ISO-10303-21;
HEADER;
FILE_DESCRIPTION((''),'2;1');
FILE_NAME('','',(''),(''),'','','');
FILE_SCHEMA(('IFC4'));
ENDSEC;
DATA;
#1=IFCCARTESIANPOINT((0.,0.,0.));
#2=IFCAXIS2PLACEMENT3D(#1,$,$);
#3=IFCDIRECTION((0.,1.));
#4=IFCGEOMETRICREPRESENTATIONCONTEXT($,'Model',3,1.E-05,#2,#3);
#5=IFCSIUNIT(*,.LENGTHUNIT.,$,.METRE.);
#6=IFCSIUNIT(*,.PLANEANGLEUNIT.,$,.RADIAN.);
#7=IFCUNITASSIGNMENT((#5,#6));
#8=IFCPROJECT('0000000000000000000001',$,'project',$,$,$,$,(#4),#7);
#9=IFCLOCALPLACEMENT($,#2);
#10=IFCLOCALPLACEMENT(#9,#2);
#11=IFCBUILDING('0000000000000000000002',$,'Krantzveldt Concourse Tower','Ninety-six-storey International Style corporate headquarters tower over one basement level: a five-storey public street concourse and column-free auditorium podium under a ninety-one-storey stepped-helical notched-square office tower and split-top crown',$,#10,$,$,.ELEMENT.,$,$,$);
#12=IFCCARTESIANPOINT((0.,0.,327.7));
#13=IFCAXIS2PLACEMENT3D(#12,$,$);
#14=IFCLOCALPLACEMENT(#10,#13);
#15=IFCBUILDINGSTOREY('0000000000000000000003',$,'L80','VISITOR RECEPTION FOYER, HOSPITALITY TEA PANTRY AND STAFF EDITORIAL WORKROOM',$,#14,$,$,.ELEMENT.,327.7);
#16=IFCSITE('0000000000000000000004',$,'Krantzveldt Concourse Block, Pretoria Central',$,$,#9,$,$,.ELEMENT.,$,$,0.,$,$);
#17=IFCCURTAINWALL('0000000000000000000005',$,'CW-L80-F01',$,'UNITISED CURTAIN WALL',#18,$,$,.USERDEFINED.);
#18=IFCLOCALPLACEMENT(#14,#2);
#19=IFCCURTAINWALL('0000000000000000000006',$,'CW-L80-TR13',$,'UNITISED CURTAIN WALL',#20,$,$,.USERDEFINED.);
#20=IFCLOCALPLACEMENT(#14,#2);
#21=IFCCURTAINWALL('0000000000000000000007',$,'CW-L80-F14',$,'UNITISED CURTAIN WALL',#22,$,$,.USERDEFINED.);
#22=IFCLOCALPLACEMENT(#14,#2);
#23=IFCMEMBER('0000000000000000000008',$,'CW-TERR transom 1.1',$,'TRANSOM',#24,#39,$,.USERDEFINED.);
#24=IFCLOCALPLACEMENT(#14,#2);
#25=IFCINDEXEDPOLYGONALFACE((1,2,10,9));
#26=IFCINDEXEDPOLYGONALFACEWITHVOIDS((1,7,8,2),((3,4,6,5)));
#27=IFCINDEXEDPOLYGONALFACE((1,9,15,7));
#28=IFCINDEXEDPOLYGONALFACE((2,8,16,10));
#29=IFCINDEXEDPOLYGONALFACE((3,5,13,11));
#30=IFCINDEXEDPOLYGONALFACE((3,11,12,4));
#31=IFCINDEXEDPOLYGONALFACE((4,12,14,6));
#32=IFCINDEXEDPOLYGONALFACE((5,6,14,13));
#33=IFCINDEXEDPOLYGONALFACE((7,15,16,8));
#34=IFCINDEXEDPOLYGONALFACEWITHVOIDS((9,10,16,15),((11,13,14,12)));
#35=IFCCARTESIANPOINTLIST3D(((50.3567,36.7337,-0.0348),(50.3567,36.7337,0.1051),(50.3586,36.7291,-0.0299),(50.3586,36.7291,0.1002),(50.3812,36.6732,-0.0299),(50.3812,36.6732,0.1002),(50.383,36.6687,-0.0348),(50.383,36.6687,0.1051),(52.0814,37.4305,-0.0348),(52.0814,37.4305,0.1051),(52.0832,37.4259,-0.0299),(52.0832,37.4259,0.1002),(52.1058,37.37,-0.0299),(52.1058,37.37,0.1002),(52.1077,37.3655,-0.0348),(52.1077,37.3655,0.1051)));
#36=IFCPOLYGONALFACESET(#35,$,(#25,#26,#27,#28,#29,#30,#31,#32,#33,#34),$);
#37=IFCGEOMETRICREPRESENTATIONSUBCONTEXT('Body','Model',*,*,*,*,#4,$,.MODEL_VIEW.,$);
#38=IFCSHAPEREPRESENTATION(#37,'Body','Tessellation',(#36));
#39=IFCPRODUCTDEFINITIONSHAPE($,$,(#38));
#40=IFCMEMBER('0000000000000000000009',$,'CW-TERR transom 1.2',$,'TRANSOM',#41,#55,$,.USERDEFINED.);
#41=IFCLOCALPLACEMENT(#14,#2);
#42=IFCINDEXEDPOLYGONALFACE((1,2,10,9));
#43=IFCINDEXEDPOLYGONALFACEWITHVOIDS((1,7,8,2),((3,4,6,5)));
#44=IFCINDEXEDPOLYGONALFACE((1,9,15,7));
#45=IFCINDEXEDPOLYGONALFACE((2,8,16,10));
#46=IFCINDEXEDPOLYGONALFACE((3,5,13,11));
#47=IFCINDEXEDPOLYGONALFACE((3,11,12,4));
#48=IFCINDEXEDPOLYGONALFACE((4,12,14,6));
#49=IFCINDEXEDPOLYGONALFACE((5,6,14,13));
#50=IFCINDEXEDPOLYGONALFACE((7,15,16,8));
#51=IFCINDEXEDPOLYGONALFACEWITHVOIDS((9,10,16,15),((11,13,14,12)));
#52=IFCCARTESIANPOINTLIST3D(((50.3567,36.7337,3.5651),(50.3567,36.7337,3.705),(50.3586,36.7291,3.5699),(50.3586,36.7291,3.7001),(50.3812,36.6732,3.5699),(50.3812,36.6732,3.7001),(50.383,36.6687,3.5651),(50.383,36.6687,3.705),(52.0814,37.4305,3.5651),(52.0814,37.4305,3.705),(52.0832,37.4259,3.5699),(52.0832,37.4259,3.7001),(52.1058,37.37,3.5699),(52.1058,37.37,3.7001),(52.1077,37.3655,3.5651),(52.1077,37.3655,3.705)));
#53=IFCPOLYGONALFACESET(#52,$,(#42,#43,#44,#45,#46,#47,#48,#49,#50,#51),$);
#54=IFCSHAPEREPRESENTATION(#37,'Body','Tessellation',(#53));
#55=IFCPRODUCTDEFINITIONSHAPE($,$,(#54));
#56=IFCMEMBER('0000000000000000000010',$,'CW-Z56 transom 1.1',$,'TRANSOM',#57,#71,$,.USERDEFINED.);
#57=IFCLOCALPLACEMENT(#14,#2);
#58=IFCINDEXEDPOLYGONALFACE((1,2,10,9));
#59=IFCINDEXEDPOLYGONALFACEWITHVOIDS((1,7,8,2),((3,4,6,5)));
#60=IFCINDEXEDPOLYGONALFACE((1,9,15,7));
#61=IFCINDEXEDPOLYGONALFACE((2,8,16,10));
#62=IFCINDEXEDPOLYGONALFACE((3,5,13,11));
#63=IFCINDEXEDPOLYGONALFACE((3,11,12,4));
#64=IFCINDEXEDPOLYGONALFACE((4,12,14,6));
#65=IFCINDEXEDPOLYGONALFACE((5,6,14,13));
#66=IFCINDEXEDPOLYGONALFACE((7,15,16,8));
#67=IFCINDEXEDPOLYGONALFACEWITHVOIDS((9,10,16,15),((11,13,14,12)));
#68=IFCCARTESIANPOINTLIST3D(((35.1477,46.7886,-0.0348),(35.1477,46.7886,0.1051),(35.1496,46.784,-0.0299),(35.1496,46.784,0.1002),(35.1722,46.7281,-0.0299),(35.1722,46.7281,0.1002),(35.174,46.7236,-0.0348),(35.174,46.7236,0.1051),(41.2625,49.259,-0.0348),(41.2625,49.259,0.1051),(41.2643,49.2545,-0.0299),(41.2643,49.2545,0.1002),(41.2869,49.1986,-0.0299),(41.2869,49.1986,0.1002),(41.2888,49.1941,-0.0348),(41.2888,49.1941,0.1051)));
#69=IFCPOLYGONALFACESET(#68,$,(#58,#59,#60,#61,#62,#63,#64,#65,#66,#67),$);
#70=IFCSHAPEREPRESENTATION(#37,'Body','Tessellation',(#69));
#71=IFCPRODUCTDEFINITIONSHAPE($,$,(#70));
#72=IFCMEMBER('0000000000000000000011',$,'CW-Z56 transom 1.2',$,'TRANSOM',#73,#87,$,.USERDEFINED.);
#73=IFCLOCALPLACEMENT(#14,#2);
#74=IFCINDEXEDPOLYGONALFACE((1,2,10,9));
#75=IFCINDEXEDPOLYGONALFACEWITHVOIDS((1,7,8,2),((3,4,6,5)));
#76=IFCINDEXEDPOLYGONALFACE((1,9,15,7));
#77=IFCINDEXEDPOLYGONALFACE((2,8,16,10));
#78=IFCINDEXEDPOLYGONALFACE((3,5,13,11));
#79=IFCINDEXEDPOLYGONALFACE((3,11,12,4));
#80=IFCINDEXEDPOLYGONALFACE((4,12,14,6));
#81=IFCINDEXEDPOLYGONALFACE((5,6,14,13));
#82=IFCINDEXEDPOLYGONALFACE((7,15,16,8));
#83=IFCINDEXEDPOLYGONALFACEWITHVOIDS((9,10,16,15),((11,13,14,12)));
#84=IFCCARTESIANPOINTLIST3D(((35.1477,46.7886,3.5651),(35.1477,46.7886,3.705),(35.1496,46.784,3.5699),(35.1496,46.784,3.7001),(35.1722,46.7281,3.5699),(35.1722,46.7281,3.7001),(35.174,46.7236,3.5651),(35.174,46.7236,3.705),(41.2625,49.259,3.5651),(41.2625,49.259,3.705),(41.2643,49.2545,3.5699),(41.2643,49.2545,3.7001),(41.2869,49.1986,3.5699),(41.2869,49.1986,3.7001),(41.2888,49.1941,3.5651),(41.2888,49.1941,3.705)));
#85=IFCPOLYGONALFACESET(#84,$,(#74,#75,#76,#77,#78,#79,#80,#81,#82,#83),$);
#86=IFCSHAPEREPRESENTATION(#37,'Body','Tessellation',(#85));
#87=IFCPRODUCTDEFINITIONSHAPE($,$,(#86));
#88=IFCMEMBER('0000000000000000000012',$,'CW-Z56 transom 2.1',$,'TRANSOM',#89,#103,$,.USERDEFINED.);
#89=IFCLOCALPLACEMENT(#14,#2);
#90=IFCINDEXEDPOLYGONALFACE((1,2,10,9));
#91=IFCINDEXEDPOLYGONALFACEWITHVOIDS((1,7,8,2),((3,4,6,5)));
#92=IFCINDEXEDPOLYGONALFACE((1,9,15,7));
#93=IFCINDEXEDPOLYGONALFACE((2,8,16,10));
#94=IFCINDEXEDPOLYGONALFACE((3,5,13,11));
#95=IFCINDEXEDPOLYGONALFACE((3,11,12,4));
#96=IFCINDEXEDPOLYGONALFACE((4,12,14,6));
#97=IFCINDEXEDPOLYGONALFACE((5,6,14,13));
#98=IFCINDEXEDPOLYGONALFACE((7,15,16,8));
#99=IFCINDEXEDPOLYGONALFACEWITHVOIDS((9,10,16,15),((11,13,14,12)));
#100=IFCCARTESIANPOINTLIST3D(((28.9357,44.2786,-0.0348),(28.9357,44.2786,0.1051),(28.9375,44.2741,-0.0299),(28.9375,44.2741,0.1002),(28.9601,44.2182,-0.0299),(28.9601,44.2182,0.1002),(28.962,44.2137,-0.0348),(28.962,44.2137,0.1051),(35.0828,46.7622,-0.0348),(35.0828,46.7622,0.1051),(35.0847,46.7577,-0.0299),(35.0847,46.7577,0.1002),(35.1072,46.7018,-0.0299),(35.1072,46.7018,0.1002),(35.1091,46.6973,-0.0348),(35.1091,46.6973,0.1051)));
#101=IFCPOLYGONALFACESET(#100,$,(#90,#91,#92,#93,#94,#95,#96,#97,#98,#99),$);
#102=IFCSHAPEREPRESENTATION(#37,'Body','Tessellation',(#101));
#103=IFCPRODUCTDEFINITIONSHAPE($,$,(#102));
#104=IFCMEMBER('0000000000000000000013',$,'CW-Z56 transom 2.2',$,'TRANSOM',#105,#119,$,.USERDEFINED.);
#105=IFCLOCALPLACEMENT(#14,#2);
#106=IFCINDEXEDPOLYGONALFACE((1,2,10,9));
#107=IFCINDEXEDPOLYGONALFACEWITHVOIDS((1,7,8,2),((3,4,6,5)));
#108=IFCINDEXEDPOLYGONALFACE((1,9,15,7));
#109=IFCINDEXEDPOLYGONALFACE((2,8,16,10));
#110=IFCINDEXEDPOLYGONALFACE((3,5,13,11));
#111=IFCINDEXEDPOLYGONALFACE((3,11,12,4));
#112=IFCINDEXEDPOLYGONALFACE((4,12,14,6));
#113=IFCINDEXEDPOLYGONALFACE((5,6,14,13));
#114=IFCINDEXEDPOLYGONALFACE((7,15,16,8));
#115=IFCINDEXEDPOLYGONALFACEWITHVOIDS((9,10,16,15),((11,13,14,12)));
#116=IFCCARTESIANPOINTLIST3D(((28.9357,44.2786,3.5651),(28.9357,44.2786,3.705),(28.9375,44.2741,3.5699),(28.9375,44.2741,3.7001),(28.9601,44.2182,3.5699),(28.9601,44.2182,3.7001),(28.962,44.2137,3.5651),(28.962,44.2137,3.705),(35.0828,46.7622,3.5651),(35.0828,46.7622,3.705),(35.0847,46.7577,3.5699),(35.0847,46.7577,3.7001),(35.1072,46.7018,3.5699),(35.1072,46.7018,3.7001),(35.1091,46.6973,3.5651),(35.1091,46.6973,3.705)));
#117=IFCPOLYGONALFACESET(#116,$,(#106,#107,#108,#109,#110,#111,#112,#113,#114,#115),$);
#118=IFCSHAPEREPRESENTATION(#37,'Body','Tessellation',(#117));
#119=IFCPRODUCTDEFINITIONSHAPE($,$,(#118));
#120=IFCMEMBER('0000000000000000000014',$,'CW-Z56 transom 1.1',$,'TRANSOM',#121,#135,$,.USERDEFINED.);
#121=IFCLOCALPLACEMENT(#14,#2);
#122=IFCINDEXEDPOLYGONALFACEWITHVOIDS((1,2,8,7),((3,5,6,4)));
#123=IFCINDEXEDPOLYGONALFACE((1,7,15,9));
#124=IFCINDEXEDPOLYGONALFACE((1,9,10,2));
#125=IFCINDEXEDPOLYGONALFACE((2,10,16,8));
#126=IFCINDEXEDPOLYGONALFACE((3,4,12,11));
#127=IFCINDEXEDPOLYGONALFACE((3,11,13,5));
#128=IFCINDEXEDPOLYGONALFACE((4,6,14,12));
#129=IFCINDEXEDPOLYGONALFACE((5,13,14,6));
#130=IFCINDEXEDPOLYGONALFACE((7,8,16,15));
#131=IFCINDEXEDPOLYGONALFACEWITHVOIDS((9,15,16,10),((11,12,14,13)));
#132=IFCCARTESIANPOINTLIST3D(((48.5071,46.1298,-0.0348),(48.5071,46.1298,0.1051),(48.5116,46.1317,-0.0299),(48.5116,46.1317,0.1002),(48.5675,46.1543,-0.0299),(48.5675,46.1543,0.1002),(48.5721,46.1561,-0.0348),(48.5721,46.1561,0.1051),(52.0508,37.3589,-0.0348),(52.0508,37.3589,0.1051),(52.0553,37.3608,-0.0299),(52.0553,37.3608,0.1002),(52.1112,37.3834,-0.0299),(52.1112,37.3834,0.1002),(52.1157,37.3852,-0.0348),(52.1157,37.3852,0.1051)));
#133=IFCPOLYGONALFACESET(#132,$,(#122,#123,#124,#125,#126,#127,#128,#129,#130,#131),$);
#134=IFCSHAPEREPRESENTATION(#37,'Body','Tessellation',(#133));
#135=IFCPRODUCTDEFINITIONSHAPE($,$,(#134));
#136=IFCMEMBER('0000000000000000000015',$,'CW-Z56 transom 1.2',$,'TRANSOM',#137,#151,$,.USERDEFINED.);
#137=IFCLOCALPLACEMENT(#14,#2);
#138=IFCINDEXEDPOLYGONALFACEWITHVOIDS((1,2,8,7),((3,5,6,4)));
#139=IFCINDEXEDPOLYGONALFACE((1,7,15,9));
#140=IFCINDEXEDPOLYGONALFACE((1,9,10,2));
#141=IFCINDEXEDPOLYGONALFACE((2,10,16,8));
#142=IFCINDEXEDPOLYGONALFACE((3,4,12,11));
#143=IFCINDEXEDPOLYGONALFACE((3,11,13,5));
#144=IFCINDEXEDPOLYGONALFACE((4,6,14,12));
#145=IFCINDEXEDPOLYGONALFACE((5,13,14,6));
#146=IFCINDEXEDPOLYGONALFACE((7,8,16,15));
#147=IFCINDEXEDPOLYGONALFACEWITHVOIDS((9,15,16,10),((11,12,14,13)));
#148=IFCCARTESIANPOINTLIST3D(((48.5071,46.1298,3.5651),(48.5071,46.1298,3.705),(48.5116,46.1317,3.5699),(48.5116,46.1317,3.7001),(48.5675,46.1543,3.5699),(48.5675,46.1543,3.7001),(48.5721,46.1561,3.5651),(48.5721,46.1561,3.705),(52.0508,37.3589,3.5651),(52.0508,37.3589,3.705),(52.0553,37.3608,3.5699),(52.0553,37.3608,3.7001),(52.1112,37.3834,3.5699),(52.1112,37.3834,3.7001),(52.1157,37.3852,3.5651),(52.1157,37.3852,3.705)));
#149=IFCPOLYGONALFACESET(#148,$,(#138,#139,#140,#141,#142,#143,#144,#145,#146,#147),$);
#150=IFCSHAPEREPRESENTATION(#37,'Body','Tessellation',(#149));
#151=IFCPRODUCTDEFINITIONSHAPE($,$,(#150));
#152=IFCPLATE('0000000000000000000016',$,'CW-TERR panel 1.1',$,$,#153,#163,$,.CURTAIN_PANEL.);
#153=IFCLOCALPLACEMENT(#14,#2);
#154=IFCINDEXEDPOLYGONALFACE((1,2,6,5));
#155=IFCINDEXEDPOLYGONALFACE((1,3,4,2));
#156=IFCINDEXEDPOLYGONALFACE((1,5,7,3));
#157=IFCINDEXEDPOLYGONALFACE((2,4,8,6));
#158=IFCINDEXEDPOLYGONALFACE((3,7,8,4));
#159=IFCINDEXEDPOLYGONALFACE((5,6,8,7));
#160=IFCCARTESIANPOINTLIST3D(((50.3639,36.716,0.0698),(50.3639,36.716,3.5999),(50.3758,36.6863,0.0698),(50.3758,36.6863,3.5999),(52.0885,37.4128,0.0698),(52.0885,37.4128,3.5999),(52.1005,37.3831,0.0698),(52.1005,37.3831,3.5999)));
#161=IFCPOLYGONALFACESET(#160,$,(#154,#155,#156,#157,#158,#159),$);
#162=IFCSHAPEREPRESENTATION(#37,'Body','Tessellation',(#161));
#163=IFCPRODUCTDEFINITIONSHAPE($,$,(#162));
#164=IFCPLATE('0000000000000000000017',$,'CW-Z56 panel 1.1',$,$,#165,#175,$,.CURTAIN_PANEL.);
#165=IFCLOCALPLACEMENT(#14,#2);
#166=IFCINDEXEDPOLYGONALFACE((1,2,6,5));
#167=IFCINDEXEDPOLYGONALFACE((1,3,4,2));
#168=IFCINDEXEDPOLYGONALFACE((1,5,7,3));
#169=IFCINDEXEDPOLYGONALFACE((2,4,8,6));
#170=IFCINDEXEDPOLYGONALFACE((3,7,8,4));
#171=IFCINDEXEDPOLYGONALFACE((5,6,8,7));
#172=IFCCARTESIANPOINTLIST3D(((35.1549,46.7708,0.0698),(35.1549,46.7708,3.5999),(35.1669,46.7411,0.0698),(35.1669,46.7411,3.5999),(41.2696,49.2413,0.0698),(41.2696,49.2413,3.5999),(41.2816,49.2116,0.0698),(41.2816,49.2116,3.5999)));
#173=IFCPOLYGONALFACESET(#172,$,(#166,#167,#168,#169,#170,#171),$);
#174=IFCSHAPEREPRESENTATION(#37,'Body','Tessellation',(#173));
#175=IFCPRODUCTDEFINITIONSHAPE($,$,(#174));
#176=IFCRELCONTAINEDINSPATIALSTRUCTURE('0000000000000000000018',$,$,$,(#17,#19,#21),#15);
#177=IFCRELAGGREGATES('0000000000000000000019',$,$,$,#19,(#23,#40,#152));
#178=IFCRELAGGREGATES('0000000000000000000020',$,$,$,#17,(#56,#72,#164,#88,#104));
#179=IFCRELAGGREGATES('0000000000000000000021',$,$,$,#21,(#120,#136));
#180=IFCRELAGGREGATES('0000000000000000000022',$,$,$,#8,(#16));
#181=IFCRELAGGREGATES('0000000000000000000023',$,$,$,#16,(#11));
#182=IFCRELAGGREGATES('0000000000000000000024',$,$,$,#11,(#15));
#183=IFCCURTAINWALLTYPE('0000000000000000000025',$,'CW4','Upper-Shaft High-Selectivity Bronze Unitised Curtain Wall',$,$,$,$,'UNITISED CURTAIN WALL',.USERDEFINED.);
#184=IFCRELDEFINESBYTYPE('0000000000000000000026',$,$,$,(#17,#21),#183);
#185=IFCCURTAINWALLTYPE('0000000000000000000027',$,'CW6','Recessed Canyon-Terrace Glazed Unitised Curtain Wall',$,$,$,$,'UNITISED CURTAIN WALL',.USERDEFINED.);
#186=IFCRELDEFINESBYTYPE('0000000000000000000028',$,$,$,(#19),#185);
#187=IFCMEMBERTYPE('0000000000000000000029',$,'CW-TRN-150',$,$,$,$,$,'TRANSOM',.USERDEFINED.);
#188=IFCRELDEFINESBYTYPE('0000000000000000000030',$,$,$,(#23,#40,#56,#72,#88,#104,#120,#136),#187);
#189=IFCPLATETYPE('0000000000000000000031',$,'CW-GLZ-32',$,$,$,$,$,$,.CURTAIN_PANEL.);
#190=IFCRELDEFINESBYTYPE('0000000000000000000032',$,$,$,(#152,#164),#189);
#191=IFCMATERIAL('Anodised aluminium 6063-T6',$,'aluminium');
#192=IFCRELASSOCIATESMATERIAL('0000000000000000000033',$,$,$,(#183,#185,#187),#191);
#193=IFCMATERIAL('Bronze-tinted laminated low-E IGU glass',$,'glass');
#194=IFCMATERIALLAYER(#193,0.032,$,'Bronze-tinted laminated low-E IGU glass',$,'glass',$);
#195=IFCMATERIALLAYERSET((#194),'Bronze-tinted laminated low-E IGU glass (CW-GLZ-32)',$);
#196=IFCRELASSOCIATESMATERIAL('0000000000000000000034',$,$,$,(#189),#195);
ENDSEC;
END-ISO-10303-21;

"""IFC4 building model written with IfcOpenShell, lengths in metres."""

from ifc_helpers import new_model, si_unit, direction, frame, origin, origin_2d, place, context, subcontext, project, spatial, rectangle, hollow_rectangle, extrude, source, transform, mapped, material, layer, layer_set, material_profile, profile_set, type_object, type_shapes, element, aggregate, save


model = new_model("IFC4")

# Units and contexts
model_context = context("Model", 3, precision=1e-05, world=origin(), true_north=direction((0.0, 1.0)))
body_context = subcontext(model_context, "Body", "Model", "MODEL_VIEW")
ifc_project = project(units=[si_unit("LENGTHUNIT", "METRE"), si_unit("PLANEANGLEUNIT", "RADIAN")], contexts=[model_context])

# Site, building, storey
site_placement = place(None, origin())
site = spatial("IfcSite", under=ifc_project, at=site_placement, Name="Krantzveldt Concourse Block, Pretoria Central", CompositionType="ELEMENT", RefElevation=0.0)
building_placement = place(site_placement, origin())
building = spatial("IfcBuilding", under=site, at=building_placement, Name="Krantzveldt Concourse Tower", Description="Ninety-six-storey International Style corporate headquarters tower over one basement level: a five-storey public street concourse and column-free auditorium podium under a ninety-one-storey stepped-helical notched-square office tower and split-top crown", CompositionType="ELEMENT")
storey_placement = place(building_placement, frame((0.0, 0.0, 327.7)))
storey = spatial("IfcBuildingStorey", under=building, at=storey_placement, Name="L80", Description="VISITOR RECEPTION FOYER, HOSPITALITY TEA PANTRY AND STAFF EDITORIAL WORKROOM", CompositionType="ELEMENT", Elevation=327.7)

# Curtain wall
ifc_material_1 = material(Name="Anodised aluminium 6063-T6", Category="aluminium")
curtain_wall_type_1 = type_object("IfcCurtainWallType", Name="CW4", Description="Upper-Shaft High-Selectivity Bronze Unitised Curtain Wall", ElementType="UNITISED CURTAIN WALL", PredefinedType="USERDEFINED", material=ifc_material_1)
curtain_wall_1_placement = place(storey_placement, origin())
curtain_wall_1 = element("IfcCurtainWall", 1, at=curtain_wall_1_placement, inside=storey, type_object=curtain_wall_type_1, Name="CW-L80-F01", ObjectType="UNITISED CURTAIN WALL", PredefinedType="USERDEFINED")

# Curtain wall
curtain_wall_type_2 = type_object("IfcCurtainWallType", Name="CW6", Description="Recessed Canyon-Terrace Glazed Unitised Curtain Wall", ElementType="UNITISED CURTAIN WALL", PredefinedType="USERDEFINED", material=ifc_material_1)
curtain_wall_2_placement = place(storey_placement, origin())
curtain_wall_2 = element("IfcCurtainWall", 2, at=curtain_wall_2_placement, inside=storey, type_object=curtain_wall_type_2, Name="CW-L80-TR13", ObjectType="UNITISED CURTAIN WALL", PredefinedType="USERDEFINED")

# Curtain wall
curtain_wall_3_placement = place(storey_placement, origin())
curtain_wall_3 = element("IfcCurtainWall", 3, at=curtain_wall_3_placement, inside=storey, type_object=curtain_wall_type_1, Name="CW-L80-F14", ObjectType="UNITISED CURTAIN WALL", PredefinedType="USERDEFINED")

# Members
ifc_material_profile_1 = material_profile(ifc_material_1, hollow_rectangle(XDim=0.0701, YDim=0.1399, WallThickness=0.0049, at=origin_2d()), Name="Anodised aluminium 6063-T6", Category="aluminium")
ifc_profile_set_1 = profile_set([ifc_material_profile_1], Name="Anodised aluminium 6063-T6 - ALU-TRAN 140x70x5")
member_type_1 = type_object("IfcMemberType", Name="CW-TRN-150", ElementType="TRANSOM", PredefinedType="USERDEFINED", material=ifc_profile_set_1)
shared_shape_1 = source(origin(), body_context, "Body", "SweptSolid", [
    extrude(hollow_rectangle(XDim=0.0701, YDim=0.1399, WallThickness=0.0049, at=origin_2d()), origin(), (0.0, 0.0, 1.0), 1.8601),
])
member_1_placement = place(storey_placement, frame((50.3699, 36.7012, 0.0352), z_axis=(0.927186, 0.374602, 0.0), x_axis=(-0.374602, 0.927186, 0.0)))
member_1 = element("IfcMember", 4, at=member_1_placement, type_object=member_type_1, Name="CW-TERR transom 1.1", ObjectType="TRANSOM", PredefinedType="USERDEFINED", context=body_context, shape_type="MappedRepresentation", body=[
    mapped(shared_shape_1, transform((0.0, 0.0, 0.0), x_axis=(1.0, 0.0, 0.0), y_axis=(0.0, 1.0, 0.0), z_axis=(0.0, 0.0, 1.0), scale=1.0)),
])
member_2_placement = place(storey_placement, frame((50.3699, 36.7012, 3.635), z_axis=(0.927186, 0.374602, 0.0), x_axis=(-0.374602, 0.927186, 0.0)))
member_2 = element("IfcMember", 5, at=member_2_placement, type_object=member_type_1, Name="CW-TERR transom 1.2", ObjectType="TRANSOM", PredefinedType="USERDEFINED", context=body_context, shape_type="MappedRepresentation", body=[
    mapped(shared_shape_1, transform((0.0, 0.0, 0.0), x_axis=(1.0, 0.0, 0.0), y_axis=(0.0, 1.0, 0.0), z_axis=(0.0, 0.0, 1.0), scale=1.0)),
])
shared_shape_2 = source(origin(), body_context, "Body", "SweptSolid", [
    extrude(hollow_rectangle(XDim=0.0701, YDim=0.1399, WallThickness=0.0049, at=origin_2d()), origin(), (0.0, 0.0, 1.0), 6.595),
])
member_3_placement = place(storey_placement, frame((41.2756, 49.2266, 0.0352), z_axis=(-0.927187, -0.374599, 0.0), x_axis=(0.374599, -0.927187, 0.0)))
member_3 = element("IfcMember", 6, at=member_3_placement, type_object=member_type_1, Name="CW-Z56 transom 1.1", ObjectType="TRANSOM", PredefinedType="USERDEFINED", context=body_context, shape_type="MappedRepresentation", body=[
    mapped(shared_shape_2, transform((0.0, 0.0, 0.0), x_axis=(1.0, 0.0, 0.0), y_axis=(0.0, 1.0, 0.0), z_axis=(0.0, 0.0, 1.0), scale=1.0)),
])
member_4_placement = place(storey_placement, frame((41.2756, 49.2266, 3.635), z_axis=(-0.927187, -0.374599, 0.0), x_axis=(0.374599, -0.927187, 0.0)))
member_4 = element("IfcMember", 7, at=member_4_placement, type_object=member_type_1, Name="CW-Z56 transom 1.2", ObjectType="TRANSOM", PredefinedType="USERDEFINED", context=body_context, shape_type="MappedRepresentation", body=[
    mapped(shared_shape_2, transform((0.0, 0.0, 0.0), x_axis=(1.0, 0.0, 0.0), y_axis=(0.0, 1.0, 0.0), z_axis=(0.0, 0.0, 1.0), scale=1.0)),
])
shared_shape_3 = source(origin(), body_context, "Body", "SweptSolid", [
    extrude(hollow_rectangle(XDim=0.0701, YDim=0.1399, WallThickness=0.0049, at=origin_2d()), origin(), (0.0, 0.0, 1.0), 6.6299),
])
member_5_placement = place(storey_placement, frame((35.0959, 46.7297, 0.0352), z_axis=(-0.927184, -0.374607, 0.0), x_axis=(0.374607, -0.927184, 0.0)))
member_5 = element("IfcMember", 8, at=member_5_placement, type_object=member_type_1, Name="CW-Z56 transom 2.1", ObjectType="TRANSOM", PredefinedType="USERDEFINED", context=body_context, shape_type="MappedRepresentation", body=[
    mapped(shared_shape_3, transform((0.0, 0.0, 0.0), x_axis=(1.0, 0.0, 0.0), y_axis=(0.0, 1.0, 0.0), z_axis=(0.0, 0.0, 1.0), scale=1.0)),
])
member_6_placement = place(storey_placement, frame((35.0959, 46.7297, 3.635), z_axis=(-0.927184, -0.374607, 0.0), x_axis=(0.374607, -0.927184, 0.0)))
member_6 = element("IfcMember", 9, at=member_6_placement, type_object=member_type_1, Name="CW-Z56 transom 2.2", ObjectType="TRANSOM", PredefinedType="USERDEFINED", context=body_context, shape_type="MappedRepresentation", body=[
    mapped(shared_shape_3, transform((0.0, 0.0, 0.0), x_axis=(1.0, 0.0, 0.0), y_axis=(0.0, 1.0, 0.0), z_axis=(0.0, 0.0, 1.0), scale=1.0)),
])
shared_shape_4 = source(origin(), body_context, "Body", "SweptSolid", [
    extrude(hollow_rectangle(XDim=0.0701, YDim=0.1399, WallThickness=0.0049, at=origin_2d()), origin(), (0.0, 0.0, 1.0), 9.4597),
])
type_shapes(member_type_1, [shared_shape_1, shared_shape_2, shared_shape_3, shared_shape_4])
member_7_placement = place(storey_placement, frame((52.0833, 37.3721, 0.0352), z_axis=(-0.374606, 0.927184, 0.0), x_axis=(-0.927184, -0.374606, 0.0)))
member_7 = element("IfcMember", 10, at=member_7_placement, type_object=member_type_1, Name="CW-Z56 transom 1.1", ObjectType="TRANSOM", PredefinedType="USERDEFINED", context=body_context, shape_type="MappedRepresentation", body=[
    mapped(shared_shape_4, transform((0.0, 0.0, 0.0), x_axis=(1.0, 0.0, 0.0), y_axis=(0.0, 1.0, 0.0), z_axis=(0.0, 0.0, 1.0), scale=1.0)),
])
member_8_placement = place(storey_placement, frame((52.0833, 37.3721, 3.635), z_axis=(-0.374606, 0.927184, 0.0), x_axis=(-0.927184, -0.374606, 0.0)))
member_8 = element("IfcMember", 11, at=member_8_placement, type_object=member_type_1, Name="CW-Z56 transom 1.2", ObjectType="TRANSOM", PredefinedType="USERDEFINED", context=body_context, shape_type="MappedRepresentation", body=[
    mapped(shared_shape_4, transform((0.0, 0.0, 0.0), x_axis=(1.0, 0.0, 0.0), y_axis=(0.0, 1.0, 0.0), z_axis=(0.0, 0.0, 1.0), scale=1.0)),
])

# Plates
ifc_material_2 = material(Name="Bronze-tinted laminated low-E IGU glass", Category="glass")
ifc_layer_1 = layer(ifc_material_2, 0.032, Name="Bronze-tinted laminated low-E IGU glass", Category="glass")
ifc_layer_set_1 = layer_set([ifc_layer_1], Name="Bronze-tinted laminated low-E IGU glass (CW-GLZ-32)")
plate_type = type_object("IfcPlateType", Name="CW-GLZ-32", PredefinedType="CURTAIN_PANEL", material=ifc_layer_set_1)
shared_shape_5 = source(origin(), body_context, "Body", "SweptSolid", [
    extrude(rectangle(XDim=1.8601, YDim=0.032, at=origin_2d()), origin(), (0.0, 0.0, 1.0), 3.53),
])
plate_1_placement = place(storey_placement, frame((51.2322, 37.0496, 0.0698), z_axis=(0.0, 0.0, 1.0), x_axis=(0.927185, 0.374605, 0.0)))
plate_1 = element("IfcPlate", 12, at=plate_1_placement, type_object=plate_type, Name="CW-TERR panel 1.1", PredefinedType="CURTAIN_PANEL", context=body_context, shape_type="MappedRepresentation", body=[
    mapped(shared_shape_5, transform((0.0, 0.0, 0.0), x_axis=(1.0, 0.0, 0.0), y_axis=(0.0, 1.0, 0.0), z_axis=(0.0, 0.0, 1.0), scale=1.0)),
])
aggregate(curtain_wall_2, [member_1, member_2, plate_1])
shared_shape_6 = source(origin(), body_context, "Body", "SweptSolid", [
    extrude(rectangle(XDim=6.595, YDim=0.032, at=origin_2d()), origin(), (0.0, 0.0, 1.0), 3.53),
])
plate_2_placement = place(storey_placement, frame((38.2183, 47.9912, 0.0698), z_axis=(0.0, 0.0, 1.0), x_axis=(-0.927184, -0.374607, 0.0)))
plate_2 = element("IfcPlate", 13, at=plate_2_placement, type_object=plate_type, Name="CW-Z56 panel 1.1", PredefinedType="CURTAIN_PANEL", context=body_context, shape_type="MappedRepresentation", body=[
    mapped(shared_shape_6, transform((0.0, 0.0, 0.0), x_axis=(1.0, 0.0, 0.0), y_axis=(0.0, 1.0, 0.0), z_axis=(0.0, 0.0, 1.0), scale=1.0)),
])
aggregate(curtain_wall_1, [member_3, member_4, plate_2, member_5, member_6])
aggregate(curtain_wall_3, [member_7, member_8])

save(model, "model.ifc")
